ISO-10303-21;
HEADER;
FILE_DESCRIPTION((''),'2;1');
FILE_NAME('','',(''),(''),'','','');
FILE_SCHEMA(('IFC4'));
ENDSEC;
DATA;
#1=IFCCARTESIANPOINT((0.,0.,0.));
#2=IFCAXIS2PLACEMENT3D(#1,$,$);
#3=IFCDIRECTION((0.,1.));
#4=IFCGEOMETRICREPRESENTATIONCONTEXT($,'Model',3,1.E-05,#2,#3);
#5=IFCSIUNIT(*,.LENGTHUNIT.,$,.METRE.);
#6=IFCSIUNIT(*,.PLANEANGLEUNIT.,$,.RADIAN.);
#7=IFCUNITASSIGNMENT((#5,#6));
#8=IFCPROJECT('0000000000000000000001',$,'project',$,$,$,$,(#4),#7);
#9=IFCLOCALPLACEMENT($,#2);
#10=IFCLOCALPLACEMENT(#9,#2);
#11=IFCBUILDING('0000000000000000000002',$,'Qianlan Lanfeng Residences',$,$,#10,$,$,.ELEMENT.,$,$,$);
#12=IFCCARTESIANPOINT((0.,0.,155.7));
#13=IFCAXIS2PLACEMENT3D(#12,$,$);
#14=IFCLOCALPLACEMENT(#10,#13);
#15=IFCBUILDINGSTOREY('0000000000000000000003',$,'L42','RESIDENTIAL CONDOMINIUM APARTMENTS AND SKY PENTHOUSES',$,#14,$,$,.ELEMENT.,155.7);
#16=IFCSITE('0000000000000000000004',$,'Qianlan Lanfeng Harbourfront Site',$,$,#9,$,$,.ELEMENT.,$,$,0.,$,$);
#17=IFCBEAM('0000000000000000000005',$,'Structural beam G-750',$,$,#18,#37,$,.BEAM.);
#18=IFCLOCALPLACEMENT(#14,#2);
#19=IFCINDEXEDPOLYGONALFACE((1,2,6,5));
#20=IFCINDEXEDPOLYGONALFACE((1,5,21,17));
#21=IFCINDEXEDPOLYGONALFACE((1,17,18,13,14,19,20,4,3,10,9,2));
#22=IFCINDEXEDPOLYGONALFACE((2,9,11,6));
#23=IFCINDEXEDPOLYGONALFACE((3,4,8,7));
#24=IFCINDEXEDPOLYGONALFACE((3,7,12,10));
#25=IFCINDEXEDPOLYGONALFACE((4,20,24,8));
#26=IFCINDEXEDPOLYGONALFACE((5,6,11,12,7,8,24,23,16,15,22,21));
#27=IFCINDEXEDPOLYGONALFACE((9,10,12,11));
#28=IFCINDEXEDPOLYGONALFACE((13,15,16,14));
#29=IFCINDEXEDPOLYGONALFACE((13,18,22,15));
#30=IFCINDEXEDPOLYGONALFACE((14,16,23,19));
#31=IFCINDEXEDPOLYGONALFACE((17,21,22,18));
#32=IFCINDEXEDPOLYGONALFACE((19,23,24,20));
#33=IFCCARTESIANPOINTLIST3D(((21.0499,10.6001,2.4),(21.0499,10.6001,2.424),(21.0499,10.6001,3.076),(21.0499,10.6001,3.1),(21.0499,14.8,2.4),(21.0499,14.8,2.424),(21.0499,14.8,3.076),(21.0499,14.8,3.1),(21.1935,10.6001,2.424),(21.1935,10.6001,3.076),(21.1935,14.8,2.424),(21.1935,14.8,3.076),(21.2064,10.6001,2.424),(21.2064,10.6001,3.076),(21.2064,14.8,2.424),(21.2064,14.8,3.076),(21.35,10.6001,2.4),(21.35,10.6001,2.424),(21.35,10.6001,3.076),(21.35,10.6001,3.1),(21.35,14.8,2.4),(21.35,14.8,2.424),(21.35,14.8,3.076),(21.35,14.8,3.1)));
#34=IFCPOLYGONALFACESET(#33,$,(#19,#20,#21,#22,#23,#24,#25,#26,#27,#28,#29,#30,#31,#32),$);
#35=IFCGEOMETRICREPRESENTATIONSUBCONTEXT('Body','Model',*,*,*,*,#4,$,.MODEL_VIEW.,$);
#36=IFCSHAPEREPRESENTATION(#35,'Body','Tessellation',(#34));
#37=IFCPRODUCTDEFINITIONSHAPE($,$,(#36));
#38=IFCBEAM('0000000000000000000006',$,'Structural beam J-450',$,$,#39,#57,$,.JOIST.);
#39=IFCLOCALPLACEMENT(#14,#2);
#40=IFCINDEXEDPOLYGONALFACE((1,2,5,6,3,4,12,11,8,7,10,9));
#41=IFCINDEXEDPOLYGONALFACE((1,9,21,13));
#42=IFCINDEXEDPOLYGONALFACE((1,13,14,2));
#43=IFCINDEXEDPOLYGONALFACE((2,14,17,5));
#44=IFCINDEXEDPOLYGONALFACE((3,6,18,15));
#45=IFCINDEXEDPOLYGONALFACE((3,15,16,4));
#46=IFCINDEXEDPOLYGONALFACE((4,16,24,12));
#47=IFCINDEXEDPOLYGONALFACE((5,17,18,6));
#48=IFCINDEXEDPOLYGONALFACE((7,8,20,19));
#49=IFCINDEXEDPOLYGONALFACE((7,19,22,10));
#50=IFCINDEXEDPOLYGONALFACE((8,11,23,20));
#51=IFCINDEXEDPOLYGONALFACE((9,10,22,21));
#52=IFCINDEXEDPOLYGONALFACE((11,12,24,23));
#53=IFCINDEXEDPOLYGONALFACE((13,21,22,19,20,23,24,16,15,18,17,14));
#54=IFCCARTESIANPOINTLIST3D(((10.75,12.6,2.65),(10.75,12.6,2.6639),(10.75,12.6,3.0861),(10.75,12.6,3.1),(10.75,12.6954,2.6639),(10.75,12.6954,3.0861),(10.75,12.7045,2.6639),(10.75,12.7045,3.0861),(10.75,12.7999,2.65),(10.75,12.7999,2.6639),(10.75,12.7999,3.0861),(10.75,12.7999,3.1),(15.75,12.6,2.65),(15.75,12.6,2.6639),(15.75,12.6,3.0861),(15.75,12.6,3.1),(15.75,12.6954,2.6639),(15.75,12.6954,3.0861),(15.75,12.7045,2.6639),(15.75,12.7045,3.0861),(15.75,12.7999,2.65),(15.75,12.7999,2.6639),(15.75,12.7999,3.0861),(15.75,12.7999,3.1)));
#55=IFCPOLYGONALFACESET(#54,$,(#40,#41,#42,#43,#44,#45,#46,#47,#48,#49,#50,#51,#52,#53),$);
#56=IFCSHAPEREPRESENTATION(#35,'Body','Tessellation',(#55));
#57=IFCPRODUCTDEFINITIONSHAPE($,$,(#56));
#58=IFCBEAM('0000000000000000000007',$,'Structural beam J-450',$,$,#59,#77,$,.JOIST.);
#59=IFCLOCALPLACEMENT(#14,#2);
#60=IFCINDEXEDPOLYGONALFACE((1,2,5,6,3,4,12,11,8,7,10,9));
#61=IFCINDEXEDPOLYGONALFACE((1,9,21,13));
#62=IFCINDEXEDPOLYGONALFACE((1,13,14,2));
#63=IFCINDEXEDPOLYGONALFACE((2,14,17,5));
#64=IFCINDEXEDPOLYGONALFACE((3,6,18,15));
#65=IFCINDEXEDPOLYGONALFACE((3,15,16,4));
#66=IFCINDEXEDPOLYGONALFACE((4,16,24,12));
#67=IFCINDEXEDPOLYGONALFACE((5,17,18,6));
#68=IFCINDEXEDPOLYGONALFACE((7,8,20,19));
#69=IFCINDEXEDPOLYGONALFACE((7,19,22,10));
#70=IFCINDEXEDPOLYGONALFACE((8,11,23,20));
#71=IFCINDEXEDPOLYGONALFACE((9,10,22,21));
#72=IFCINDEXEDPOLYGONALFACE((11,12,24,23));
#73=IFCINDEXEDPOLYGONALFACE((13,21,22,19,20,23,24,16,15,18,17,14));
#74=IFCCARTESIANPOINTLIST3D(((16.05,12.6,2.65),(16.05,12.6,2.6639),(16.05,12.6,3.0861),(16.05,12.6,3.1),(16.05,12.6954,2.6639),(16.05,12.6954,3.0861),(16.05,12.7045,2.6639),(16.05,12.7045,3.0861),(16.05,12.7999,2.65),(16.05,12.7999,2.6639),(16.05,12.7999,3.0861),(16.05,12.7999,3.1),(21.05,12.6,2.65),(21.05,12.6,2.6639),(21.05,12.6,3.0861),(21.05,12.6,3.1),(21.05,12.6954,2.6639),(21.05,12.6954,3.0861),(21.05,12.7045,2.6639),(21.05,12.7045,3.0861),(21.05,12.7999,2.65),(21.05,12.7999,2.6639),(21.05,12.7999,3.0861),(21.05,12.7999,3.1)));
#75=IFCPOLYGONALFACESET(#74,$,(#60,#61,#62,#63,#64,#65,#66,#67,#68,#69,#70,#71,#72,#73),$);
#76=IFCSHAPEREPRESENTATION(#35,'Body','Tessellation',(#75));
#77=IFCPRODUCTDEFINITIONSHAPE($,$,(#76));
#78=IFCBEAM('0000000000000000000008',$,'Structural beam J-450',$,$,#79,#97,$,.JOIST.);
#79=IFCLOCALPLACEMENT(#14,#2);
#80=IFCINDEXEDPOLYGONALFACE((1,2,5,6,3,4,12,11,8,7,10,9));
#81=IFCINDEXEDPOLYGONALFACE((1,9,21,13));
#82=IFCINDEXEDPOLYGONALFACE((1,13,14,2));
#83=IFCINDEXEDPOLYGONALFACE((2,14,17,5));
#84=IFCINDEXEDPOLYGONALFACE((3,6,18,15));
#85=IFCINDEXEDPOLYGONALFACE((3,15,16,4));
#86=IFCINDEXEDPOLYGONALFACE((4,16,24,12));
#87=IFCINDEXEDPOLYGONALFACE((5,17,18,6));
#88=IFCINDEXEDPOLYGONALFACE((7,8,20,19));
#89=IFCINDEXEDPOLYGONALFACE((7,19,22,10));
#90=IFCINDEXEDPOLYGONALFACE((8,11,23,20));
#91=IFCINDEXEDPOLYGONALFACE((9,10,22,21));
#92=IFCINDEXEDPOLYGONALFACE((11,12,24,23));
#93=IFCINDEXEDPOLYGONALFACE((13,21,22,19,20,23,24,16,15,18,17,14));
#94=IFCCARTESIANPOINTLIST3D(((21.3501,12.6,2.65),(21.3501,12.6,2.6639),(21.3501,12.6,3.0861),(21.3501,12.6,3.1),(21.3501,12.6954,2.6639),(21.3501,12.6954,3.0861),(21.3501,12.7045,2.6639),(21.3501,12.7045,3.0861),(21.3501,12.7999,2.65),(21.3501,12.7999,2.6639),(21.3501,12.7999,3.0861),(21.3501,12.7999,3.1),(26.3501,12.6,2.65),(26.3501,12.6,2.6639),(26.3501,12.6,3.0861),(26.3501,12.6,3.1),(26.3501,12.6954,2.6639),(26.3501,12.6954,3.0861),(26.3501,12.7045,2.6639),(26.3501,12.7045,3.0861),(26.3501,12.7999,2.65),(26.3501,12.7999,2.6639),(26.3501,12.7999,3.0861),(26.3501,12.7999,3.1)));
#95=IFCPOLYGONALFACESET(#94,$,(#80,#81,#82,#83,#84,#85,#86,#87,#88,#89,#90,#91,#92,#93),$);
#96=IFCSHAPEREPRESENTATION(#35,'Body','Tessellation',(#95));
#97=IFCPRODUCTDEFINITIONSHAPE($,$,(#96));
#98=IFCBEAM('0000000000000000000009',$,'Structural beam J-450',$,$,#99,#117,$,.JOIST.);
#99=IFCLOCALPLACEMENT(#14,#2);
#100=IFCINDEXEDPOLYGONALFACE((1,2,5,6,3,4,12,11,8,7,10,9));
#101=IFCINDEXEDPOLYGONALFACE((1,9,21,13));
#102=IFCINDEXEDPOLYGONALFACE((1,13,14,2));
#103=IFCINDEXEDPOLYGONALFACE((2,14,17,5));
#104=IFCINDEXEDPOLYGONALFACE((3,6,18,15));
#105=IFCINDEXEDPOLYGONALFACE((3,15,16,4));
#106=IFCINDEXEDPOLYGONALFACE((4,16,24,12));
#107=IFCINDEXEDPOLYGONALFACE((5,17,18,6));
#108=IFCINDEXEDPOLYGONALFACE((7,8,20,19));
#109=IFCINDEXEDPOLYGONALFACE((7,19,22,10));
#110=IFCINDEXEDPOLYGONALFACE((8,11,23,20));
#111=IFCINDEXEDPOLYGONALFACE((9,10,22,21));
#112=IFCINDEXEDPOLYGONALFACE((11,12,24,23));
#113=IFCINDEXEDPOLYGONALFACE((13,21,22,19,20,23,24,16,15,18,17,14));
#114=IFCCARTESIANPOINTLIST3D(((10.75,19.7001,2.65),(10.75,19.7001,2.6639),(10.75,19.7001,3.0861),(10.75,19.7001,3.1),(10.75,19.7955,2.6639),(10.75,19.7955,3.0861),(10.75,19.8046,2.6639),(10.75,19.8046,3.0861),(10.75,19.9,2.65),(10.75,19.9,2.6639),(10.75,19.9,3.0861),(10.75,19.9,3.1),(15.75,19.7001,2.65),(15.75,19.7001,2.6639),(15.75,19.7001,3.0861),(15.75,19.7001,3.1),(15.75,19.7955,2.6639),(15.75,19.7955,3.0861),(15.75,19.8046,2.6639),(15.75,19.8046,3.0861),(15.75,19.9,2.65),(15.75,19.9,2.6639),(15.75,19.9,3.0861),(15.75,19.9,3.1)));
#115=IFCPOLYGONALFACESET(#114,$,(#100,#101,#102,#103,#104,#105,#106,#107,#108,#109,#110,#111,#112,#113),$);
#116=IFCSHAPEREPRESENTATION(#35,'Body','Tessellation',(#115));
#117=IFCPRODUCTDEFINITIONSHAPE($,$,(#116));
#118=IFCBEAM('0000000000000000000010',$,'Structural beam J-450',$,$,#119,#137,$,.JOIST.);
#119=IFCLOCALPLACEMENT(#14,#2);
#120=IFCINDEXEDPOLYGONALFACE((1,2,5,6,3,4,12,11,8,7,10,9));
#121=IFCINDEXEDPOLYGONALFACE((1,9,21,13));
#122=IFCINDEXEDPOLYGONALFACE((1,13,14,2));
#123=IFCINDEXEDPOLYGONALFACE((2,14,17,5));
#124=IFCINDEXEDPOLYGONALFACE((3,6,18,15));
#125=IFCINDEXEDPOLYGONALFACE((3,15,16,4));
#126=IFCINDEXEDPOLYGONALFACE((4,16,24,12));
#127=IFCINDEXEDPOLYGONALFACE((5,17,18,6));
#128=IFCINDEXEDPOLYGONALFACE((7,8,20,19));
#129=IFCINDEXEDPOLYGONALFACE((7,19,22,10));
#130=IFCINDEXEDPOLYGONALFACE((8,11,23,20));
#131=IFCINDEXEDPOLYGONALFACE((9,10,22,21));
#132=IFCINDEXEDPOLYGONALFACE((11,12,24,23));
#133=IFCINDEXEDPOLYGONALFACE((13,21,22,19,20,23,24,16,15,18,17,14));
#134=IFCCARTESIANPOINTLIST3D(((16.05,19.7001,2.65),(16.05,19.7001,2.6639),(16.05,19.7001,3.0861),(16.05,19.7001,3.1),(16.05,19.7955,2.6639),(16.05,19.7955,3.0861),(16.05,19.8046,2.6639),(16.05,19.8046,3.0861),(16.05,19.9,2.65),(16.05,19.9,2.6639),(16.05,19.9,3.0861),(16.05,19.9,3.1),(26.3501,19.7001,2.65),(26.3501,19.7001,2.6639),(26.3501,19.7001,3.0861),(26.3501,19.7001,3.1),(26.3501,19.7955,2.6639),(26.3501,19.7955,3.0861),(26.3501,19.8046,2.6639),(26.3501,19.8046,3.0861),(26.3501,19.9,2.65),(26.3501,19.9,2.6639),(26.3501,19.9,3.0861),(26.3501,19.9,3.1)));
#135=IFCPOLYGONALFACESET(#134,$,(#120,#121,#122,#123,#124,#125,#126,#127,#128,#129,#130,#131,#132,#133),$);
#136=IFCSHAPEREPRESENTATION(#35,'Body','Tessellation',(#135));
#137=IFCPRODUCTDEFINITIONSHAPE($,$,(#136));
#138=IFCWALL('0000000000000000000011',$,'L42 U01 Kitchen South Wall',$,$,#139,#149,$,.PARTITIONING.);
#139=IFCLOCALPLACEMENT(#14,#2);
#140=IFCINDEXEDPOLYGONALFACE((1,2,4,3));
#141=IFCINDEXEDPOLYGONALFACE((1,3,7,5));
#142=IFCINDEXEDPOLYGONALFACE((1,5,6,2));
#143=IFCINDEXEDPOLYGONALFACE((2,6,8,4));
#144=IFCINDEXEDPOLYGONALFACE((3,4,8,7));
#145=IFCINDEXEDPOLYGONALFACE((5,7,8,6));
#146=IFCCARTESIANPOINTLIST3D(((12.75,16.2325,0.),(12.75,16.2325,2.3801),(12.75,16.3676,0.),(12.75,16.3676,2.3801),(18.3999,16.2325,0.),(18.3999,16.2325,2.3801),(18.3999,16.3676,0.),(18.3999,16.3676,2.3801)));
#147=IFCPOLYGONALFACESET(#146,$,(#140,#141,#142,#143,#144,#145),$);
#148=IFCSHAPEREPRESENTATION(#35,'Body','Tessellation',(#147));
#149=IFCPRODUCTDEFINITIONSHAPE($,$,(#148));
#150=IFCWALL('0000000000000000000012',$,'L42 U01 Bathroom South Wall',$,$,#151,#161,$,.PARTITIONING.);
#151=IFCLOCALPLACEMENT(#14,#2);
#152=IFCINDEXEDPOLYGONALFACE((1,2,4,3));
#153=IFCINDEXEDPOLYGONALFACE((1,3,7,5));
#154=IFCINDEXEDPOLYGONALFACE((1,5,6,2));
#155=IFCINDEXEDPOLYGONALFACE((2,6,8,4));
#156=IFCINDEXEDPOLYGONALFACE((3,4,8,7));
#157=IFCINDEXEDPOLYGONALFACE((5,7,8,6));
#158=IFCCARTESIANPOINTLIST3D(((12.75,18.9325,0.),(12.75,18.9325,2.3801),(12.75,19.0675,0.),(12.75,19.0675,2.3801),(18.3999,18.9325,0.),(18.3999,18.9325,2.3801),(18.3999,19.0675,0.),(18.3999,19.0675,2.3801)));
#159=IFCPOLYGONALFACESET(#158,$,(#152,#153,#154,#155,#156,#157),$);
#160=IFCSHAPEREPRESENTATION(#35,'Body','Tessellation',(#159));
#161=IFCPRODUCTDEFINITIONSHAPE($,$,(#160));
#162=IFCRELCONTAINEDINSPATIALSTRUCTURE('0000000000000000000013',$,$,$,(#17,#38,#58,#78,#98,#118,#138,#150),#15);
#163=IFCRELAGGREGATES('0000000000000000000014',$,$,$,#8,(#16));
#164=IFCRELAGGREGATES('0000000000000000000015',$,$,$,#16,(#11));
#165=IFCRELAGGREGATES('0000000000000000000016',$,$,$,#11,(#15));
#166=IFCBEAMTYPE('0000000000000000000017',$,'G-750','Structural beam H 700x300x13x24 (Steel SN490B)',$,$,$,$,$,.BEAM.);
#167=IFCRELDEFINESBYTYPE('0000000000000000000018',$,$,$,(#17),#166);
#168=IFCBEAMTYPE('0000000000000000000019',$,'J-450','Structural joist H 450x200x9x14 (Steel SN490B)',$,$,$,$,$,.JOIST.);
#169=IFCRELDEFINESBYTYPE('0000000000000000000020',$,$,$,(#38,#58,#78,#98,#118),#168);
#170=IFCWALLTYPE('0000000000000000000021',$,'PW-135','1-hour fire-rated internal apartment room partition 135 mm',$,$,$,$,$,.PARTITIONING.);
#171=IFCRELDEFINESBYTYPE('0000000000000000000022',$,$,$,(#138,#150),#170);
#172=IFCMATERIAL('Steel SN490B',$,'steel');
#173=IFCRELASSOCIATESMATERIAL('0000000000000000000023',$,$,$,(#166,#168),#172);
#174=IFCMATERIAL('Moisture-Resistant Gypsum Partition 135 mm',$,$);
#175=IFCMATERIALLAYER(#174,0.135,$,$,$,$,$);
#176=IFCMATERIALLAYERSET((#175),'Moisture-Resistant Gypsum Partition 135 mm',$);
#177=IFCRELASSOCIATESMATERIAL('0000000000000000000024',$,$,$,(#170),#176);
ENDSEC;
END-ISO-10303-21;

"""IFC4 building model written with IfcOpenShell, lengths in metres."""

from ifc_helpers import new_model, si_unit, direction, frame, frame_2d, origin, origin_2d, place, context, subcontext, project, spatial, rectangle, i_section, extrude, material, layer, layer_set, material_profile, profile_set, type_object, element, save


model = new_model("IFC4")

# Units and contexts
model_context = context("Model", 3, precision=1e-05, world=origin(), true_north=direction((0.0, 1.0)))
body_context = subcontext(model_context, "Body", "Model", "MODEL_VIEW")
ifc_project = project(units=[si_unit("LENGTHUNIT", "METRE"), si_unit("PLANEANGLEUNIT", "RADIAN")], contexts=[model_context])

# Site, building, storey
site_placement = place(None, origin())
site = spatial("IfcSite", under=ifc_project, at=site_placement, Name="Qianlan Lanfeng Harbourfront Site", CompositionType="ELEMENT", RefElevation=0.0)
building_placement = place(site_placement, origin())
building = spatial("IfcBuilding", under=site, at=building_placement, Name="Qianlan Lanfeng Residences", CompositionType="ELEMENT")
storey_placement = place(building_placement, frame((0.0, 0.0, 155.7)))
storey = spatial("IfcBuildingStorey", under=building, at=storey_placement, Name="L42", Description="RESIDENTIAL CONDOMINIUM APARTMENTS AND SKY PENTHOUSES", CompositionType="ELEMENT", Elevation=155.7)

# Shared definitions
ifc_material_1 = material(Name="Steel SN490B", Category="steel")

# Beams
ifc_material_profile_1 = material_profile(ifc_material_1, i_section(OverallWidth=0.3, OverallDepth=0.7, WebThickness=0.0129, FlangeThickness=0.0239, at=origin_2d()), Name="H 700x300x13x24")
ifc_profile_set_1 = profile_set([ifc_material_profile_1], Name="Steel SN490B")
beam_type_1 = type_object("IfcBeamType", Name="G-750", Description="Structural beam H 700x300x13x24 (Steel SN490B)", PredefinedType="BEAM", material=ifc_profile_set_1)
beam_1_placement = place(storey_placement, frame((21.2, 10.6001, 2.75), z_axis=(0.0, 1.0, 0.0), x_axis=(-1.0, 0.0, 0.0)))
element("IfcBeam", 1, at=beam_1_placement, inside=storey, type_object=beam_type_1, Name="Structural beam G-750", PredefinedType="BEAM", context=body_context, shape_type="SweptSolid", body=[
    extrude(i_section(OverallWidth=0.3, OverallDepth=0.7, WebThickness=0.0129, FlangeThickness=0.0239, at=origin_2d()), origin(), (0.0, 0.0, 1.0), 4.2),
])
ifc_material_profile_2 = material_profile(ifc_material_1, i_section(OverallWidth=0.2, OverallDepth=0.45, WebThickness=0.009, FlangeThickness=0.0139, at=origin_2d()), Name="H 450x200x9x14")
ifc_profile_set_2 = profile_set([ifc_material_profile_2], Name="Steel SN490B")
beam_type_2 = type_object("IfcBeamType", Name="J-450", Description="Structural joist H 450x200x9x14 (Steel SN490B)", PredefinedType="JOIST", material=ifc_profile_set_2)
for number, where, z_axis, x_axis, name in (
    (2, (10.75, 12.7, 2.875), (1.0, 0.0, 0.0), (0.0, 1.0, 0.0), "Structural beam J-450"),
    (3, (16.05, 12.7, 2.875), (1.0, 0.0, 0.0), (0.0, 1.0, 0.0), "Structural beam J-450"),
    (4, (21.3501, 12.7, 2.875), (1.0, 0.0, 0.0), (0.0, 1.0, 0.0), "Structural beam J-450"),
    (5, (10.75, 19.8, 2.875), (1.0, 0.0, 0.0), (0.0, 1.0, 0.0), "Structural beam J-450"),
):
    element("IfcBeam", number, at=place(storey_placement, frame(where, z_axis=z_axis, x_axis=x_axis)), inside=storey, type_object=beam_type_2, Name=name, PredefinedType="JOIST", context=body_context, shape_type="SweptSolid", body=[
        extrude(i_section(OverallWidth=0.2, OverallDepth=0.45, WebThickness=0.009, FlangeThickness=0.0139, at=origin_2d()), origin(), (0.0, 0.0, 1.0), 5.0),
    ])
beam_2_placement = place(storey_placement, frame((16.05, 19.8, 2.875), z_axis=(1.0, 0.0, 0.0), x_axis=(0.0, 1.0, 0.0)))
element("IfcBeam", 6, at=beam_2_placement, inside=storey, type_object=beam_type_2, Name="Structural beam J-450", PredefinedType="JOIST", context=body_context, shape_type="SweptSolid", body=[
    extrude(i_section(OverallWidth=0.2, OverallDepth=0.45, WebThickness=0.009, FlangeThickness=0.0139, at=origin_2d()), origin(), (0.0, 0.0, 1.0), 10.3),
])

# Shared definitions
ifc_material_2 = material(Name="Moisture-Resistant Gypsum Partition 135 mm")
ifc_layer = layer(ifc_material_2, 0.135)
ifc_layer_set = layer_set([ifc_layer], Name="Moisture-Resistant Gypsum Partition 135 mm")
wall_type = type_object("IfcWallType", Name="PW-135", Description="1-hour fire-rated internal apartment room partition 135 mm", PredefinedType="PARTITIONING", material=ifc_layer_set)

# Walls
for number, where, z_axis, x_axis, name in (
    (7, (12.75, 16.3, 0.0), (0.0, 0.0, 1.0), (1.0, 0.0, 0.0), "L42 U01 Kitchen South Wall"),
    (8, (12.75, 19.0, 0.0), (0.0, 0.0, 1.0), (1.0, 0.0, 0.0), "L42 U01 Bathroom South Wall"),
):
    element("IfcWall", number, at=place(storey_placement, frame(where, z_axis=z_axis, x_axis=x_axis)), inside=storey, type_object=wall_type, Name=name, PredefinedType="PARTITIONING", context=body_context, shape_type="SweptSolid", body=[
        extrude(rectangle(XDim=5.6499, YDim=0.135, at=frame_2d((2.825, 0.0))), origin(), (0.0, 0.0, 1.0), 2.3801),
    ])

save(model, "model.ifc")
